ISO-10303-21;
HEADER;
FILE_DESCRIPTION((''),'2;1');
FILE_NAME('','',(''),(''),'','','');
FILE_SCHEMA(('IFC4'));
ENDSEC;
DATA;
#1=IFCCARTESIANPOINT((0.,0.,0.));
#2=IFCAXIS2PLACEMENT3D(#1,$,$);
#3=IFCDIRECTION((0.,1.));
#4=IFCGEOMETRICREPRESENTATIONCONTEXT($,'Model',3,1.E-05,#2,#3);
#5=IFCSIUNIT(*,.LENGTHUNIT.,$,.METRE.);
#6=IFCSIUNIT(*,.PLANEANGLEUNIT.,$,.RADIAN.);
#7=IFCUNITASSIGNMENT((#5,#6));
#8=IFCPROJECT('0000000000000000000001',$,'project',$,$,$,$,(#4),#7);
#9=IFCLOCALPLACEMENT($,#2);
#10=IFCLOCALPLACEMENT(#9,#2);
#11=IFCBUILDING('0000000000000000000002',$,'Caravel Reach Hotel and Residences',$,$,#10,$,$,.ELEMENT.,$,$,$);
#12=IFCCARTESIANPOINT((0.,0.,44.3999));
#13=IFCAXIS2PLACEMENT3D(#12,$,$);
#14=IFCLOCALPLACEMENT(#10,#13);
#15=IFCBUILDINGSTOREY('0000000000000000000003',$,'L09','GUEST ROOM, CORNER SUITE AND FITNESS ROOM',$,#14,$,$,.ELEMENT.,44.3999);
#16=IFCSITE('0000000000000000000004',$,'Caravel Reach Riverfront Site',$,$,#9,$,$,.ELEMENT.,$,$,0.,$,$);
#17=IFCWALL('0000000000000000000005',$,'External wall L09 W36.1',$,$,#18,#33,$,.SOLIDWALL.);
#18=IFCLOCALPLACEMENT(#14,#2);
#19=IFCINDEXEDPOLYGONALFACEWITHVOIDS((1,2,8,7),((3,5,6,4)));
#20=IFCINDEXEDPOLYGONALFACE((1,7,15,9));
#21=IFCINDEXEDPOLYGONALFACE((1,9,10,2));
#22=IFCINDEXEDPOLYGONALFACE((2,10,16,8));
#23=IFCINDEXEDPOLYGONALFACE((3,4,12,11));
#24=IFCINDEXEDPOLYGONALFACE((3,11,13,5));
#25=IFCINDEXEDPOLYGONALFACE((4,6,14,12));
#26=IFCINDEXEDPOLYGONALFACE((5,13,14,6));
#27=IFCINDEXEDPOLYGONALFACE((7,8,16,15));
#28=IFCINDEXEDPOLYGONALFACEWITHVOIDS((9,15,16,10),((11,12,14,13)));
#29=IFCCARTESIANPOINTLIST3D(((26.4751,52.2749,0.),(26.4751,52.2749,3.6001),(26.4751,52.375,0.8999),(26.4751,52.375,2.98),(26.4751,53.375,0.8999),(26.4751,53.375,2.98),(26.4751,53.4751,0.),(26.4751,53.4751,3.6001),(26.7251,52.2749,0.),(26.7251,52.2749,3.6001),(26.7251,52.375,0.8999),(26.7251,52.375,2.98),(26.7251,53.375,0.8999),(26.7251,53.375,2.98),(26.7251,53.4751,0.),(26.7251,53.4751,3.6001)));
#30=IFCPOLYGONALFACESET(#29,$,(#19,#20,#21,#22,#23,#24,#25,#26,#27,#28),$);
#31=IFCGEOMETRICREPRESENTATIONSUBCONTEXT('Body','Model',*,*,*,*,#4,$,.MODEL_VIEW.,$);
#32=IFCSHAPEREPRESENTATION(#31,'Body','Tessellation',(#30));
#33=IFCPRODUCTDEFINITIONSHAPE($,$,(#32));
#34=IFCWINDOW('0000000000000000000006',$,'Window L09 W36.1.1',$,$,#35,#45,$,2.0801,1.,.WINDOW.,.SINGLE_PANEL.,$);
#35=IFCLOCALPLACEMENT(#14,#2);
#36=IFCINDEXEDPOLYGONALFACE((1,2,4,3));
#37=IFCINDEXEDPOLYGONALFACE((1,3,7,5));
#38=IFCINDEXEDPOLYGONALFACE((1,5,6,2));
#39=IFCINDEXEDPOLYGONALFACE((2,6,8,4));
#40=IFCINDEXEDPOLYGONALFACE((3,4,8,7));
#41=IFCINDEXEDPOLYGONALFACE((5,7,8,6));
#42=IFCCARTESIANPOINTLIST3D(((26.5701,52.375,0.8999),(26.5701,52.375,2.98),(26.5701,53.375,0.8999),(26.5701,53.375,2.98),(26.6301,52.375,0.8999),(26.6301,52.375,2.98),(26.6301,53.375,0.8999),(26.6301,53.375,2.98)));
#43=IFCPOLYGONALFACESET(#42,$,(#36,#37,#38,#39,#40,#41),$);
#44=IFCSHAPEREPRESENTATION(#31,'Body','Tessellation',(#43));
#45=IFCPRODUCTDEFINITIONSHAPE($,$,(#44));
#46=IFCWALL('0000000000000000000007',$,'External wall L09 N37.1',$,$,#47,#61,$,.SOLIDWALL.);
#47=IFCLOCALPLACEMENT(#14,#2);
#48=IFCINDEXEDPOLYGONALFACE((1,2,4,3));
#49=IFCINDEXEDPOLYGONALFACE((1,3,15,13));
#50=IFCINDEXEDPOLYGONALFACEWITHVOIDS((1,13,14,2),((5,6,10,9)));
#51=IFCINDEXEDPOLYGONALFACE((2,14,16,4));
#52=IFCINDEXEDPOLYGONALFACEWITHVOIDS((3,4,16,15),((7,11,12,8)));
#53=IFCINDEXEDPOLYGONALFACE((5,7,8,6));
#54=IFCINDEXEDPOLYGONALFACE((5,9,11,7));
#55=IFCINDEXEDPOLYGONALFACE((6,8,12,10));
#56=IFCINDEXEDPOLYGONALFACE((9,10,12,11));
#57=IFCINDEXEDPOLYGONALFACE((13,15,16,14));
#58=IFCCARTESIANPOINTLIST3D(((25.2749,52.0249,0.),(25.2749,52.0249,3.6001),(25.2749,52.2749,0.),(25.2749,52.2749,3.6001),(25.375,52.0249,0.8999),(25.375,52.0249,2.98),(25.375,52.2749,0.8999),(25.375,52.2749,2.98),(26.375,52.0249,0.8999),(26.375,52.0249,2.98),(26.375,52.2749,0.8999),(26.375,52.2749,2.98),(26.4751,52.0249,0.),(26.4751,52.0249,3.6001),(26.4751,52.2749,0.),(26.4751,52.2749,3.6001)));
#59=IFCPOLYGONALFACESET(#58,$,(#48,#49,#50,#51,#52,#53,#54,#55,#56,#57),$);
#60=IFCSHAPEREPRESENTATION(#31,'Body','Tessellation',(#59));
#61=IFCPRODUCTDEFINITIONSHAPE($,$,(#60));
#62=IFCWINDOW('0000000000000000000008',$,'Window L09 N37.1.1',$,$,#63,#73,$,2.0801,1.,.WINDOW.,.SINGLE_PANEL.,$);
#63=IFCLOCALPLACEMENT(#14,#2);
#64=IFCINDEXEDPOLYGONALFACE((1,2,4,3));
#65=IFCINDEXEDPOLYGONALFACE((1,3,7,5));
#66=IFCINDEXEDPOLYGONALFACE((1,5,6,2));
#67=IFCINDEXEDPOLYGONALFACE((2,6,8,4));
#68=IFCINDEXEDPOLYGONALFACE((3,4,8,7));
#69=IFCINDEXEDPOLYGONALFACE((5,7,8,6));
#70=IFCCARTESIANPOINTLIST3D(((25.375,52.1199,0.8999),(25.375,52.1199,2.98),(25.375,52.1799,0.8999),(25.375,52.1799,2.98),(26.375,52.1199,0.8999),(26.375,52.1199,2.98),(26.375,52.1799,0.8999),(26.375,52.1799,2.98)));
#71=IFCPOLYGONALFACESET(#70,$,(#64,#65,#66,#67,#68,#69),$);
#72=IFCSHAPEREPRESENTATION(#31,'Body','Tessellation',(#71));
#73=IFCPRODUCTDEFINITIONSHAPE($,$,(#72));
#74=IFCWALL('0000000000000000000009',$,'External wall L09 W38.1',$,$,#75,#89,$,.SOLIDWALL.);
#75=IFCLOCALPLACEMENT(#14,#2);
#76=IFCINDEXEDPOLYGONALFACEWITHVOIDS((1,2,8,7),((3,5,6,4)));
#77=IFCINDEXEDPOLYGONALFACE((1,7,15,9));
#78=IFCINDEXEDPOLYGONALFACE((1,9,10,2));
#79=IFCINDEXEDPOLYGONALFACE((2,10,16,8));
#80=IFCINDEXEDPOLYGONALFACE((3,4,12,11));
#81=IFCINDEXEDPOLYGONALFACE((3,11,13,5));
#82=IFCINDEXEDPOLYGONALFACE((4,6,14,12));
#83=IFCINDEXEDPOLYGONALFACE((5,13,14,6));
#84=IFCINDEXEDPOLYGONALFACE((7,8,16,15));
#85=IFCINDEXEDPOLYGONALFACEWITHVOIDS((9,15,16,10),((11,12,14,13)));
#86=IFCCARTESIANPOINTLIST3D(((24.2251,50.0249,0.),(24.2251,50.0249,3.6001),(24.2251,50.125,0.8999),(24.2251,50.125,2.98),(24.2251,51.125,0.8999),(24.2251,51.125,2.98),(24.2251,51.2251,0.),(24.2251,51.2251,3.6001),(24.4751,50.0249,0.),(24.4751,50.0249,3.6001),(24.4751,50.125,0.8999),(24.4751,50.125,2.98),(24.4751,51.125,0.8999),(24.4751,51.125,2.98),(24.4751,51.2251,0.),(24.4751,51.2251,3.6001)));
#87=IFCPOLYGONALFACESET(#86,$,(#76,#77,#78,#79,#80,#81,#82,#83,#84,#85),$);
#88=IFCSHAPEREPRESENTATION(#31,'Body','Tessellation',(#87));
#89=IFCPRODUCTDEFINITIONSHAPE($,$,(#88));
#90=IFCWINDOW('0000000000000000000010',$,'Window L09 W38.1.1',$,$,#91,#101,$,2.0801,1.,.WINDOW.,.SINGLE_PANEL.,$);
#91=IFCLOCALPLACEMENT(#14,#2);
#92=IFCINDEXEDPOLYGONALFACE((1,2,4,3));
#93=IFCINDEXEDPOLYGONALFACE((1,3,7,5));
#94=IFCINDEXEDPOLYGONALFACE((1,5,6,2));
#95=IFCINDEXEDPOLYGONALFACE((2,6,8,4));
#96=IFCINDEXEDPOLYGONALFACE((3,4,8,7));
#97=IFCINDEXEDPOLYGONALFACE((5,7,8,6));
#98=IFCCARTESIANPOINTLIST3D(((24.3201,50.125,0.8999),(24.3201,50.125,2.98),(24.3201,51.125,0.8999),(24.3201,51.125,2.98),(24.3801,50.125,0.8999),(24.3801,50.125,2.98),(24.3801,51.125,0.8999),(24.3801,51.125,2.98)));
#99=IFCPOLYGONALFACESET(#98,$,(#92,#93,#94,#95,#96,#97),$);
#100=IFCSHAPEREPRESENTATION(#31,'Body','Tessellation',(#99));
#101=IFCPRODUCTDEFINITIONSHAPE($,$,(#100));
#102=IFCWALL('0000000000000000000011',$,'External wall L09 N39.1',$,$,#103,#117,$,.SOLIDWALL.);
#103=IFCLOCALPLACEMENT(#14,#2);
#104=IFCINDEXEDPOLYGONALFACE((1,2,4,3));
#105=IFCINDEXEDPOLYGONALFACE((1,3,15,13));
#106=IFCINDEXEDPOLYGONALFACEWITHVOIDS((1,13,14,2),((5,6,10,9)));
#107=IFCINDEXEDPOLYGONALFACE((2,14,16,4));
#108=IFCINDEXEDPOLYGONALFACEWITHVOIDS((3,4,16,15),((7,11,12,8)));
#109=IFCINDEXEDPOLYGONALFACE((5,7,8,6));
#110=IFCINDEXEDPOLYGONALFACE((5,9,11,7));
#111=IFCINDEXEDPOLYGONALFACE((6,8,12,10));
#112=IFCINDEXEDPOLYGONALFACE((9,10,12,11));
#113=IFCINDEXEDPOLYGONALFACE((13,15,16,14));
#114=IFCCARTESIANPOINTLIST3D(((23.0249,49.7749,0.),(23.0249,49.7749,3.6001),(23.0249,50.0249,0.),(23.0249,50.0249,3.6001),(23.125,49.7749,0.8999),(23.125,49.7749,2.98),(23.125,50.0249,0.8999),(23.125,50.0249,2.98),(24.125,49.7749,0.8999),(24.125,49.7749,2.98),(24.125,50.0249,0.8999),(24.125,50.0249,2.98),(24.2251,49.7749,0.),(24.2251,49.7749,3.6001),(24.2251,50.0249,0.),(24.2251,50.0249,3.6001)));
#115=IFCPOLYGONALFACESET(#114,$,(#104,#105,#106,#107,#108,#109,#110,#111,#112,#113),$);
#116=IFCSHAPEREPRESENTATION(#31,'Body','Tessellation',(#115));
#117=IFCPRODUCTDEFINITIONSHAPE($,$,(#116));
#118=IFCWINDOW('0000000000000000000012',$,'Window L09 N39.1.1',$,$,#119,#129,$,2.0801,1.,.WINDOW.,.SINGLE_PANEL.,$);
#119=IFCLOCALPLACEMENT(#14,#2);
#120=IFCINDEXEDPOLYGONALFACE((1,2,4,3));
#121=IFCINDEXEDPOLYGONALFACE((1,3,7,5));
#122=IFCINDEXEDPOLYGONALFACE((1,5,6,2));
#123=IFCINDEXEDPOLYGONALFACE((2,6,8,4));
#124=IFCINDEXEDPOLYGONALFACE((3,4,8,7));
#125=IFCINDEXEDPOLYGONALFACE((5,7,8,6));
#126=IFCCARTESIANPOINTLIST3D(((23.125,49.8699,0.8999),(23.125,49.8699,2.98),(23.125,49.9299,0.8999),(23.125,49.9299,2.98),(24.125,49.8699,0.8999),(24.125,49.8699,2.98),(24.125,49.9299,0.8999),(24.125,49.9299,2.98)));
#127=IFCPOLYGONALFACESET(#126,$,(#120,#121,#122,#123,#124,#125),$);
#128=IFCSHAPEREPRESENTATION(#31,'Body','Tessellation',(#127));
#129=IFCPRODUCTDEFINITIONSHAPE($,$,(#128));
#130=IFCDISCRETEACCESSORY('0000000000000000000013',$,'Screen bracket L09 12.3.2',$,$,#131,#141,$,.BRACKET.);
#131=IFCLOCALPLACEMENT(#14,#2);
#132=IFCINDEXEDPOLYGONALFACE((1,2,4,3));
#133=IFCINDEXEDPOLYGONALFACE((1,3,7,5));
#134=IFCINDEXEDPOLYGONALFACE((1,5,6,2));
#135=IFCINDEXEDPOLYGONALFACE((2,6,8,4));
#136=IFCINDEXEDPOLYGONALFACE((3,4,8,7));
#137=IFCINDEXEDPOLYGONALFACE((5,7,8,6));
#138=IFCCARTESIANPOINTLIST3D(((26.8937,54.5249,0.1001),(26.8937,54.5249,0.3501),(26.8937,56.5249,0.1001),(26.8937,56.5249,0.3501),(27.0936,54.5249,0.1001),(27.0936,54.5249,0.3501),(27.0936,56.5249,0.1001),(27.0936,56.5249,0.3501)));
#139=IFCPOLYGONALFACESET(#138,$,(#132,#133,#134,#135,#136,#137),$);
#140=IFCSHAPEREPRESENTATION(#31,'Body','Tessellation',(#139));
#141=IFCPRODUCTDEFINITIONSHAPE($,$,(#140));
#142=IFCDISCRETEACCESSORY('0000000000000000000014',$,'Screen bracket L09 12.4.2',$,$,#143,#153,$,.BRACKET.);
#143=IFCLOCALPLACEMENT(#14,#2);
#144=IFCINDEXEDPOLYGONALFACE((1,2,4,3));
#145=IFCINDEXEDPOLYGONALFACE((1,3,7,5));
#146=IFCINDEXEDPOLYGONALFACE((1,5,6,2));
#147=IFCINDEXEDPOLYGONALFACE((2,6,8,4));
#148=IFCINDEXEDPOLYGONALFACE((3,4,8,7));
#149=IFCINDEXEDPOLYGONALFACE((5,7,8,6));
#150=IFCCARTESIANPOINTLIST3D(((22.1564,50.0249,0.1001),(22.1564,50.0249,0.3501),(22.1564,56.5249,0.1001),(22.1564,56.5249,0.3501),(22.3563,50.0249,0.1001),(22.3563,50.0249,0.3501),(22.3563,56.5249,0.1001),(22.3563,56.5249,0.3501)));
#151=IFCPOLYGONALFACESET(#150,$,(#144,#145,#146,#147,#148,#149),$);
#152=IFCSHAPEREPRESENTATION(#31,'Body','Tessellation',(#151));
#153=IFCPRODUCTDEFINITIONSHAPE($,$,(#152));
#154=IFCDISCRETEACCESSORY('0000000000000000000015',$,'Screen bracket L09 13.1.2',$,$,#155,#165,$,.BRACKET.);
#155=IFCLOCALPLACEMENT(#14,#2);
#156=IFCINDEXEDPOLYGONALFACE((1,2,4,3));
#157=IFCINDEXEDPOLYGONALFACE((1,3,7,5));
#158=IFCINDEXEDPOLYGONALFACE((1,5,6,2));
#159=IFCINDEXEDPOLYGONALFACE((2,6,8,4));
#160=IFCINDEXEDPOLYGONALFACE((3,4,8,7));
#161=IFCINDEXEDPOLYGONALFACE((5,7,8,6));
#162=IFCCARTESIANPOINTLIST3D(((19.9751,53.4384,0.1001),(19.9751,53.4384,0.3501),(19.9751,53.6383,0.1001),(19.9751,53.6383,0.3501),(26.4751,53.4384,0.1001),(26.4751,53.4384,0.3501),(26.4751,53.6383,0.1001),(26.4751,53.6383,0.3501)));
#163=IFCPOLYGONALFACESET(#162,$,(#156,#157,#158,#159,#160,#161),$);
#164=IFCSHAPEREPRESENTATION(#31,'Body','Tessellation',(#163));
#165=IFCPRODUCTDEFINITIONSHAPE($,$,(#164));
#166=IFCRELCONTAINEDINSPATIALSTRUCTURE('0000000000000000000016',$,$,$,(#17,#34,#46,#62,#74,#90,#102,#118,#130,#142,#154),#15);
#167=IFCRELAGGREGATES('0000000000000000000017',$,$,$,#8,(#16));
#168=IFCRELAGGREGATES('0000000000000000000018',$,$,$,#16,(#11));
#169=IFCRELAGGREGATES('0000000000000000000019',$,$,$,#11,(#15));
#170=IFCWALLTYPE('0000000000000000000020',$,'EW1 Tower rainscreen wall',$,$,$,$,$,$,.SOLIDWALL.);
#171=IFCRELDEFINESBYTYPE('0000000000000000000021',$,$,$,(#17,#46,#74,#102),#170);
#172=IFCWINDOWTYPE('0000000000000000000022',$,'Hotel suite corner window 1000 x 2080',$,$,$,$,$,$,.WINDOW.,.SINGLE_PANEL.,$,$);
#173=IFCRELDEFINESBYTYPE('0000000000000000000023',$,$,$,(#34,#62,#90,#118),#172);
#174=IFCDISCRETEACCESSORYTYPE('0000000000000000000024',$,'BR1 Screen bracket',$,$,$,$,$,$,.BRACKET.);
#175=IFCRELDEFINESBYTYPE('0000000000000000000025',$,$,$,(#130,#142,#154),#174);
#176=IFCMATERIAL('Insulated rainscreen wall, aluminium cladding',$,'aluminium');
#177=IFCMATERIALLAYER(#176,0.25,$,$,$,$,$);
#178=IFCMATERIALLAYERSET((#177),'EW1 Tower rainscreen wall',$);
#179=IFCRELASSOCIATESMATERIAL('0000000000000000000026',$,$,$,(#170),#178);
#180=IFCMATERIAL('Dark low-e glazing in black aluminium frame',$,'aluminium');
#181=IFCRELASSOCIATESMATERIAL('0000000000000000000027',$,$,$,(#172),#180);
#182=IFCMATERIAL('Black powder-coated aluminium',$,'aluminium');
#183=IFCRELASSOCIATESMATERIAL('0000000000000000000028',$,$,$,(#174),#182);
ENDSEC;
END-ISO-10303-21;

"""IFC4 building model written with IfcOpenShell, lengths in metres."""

from ifc_helpers import new_model, si_unit, direction, frame, frame_2d, origin, origin_2d, place, context, subcontext, project, spatial, rectangle, extrude, material, layer, layer_set, type_object, element, fill, save


model = new_model("IFC4")

# Units and contexts
model_context = context("Model", 3, precision=1e-05, world=origin(), true_north=direction((0.0, 1.0)))
body_context = subcontext(model_context, "Body", "Model", "MODEL_VIEW")
ifc_project = project(units=[si_unit("LENGTHUNIT", "METRE"), si_unit("PLANEANGLEUNIT", "RADIAN")], contexts=[model_context])

# Site, building, storey
site_placement = place(None, origin())
site = spatial("IfcSite", under=ifc_project, at=site_placement, Name="Caravel Reach Riverfront Site", CompositionType="ELEMENT", RefElevation=0.0)
building_placement = place(site_placement, origin())
building = spatial("IfcBuilding", under=site, at=building_placement, Name="Caravel Reach Hotel and Residences", CompositionType="ELEMENT")
storey_placement = place(building_placement, frame((0.0, 0.0, 44.3999)))
storey = spatial("IfcBuildingStorey", under=building, at=storey_placement, Name="L09", Description="GUEST ROOM, CORNER SUITE AND FITNESS ROOM", CompositionType="ELEMENT", Elevation=44.3999)

# Walls, openings, windows
ifc_material_1 = material(Name="Insulated rainscreen wall, aluminium cladding", Category="aluminium")
ifc_layer = layer(ifc_material_1, 0.25)
ifc_layer_set = layer_set([ifc_layer], Name="EW1 Tower rainscreen wall")
wall_type = type_object("IfcWallType", Name="EW1 Tower rainscreen wall", PredefinedType="SOLIDWALL", material=ifc_layer_set)
wall_1_placement = place(storey_placement, frame((26.6001, 53.4751, 0.0), z_axis=(0.0, 0.0, 1.0), x_axis=(0.0, -1.0, 0.0)))
wall_1 = element("IfcWall", 1, at=wall_1_placement, inside=storey, type_object=wall_type, Name="External wall L09 W36.1", PredefinedType="SOLIDWALL", context=body_context, shape_type="SweptSolid", body=[
    extrude(rectangle(XDim=1.2002, YDim=0.25, at=frame_2d((0.6001, 0.0))), origin(), (0.0, 0.0, 1.0), 3.6001),
])
opening_1_placement = place(wall_1_placement, frame((0.1001, 0.0, 0.8999)))
opening_1 = element("IfcOpeningElement", 2, at=opening_1_placement, cuts=wall_1, PredefinedType="OPENING", context=body_context, shape_type="SweptSolid", body=[
    extrude(rectangle(XDim=1.0, YDim=2.0801, at=frame_2d((0.5, 1.04))), frame((0.0, 0.135, 0.0), z_axis=(0.0, -1.0, 0.0), x_axis=(1.0, 0.0, 0.0)), (0.0, 0.0, 1.0), 0.27),
])
ifc_material_2 = material(Name="Dark low-e glazing in black aluminium frame", Category="aluminium")
window_type = type_object("IfcWindowType", Name="Hotel suite corner window 1000 x 2080", PartitioningType="SINGLE_PANEL", PredefinedType="WINDOW", material=ifc_material_2)
window_1_placement = place(opening_1_placement, origin())
window_1 = element("IfcWindow", 3, at=window_1_placement, inside=storey, type_object=window_type, Name="Window L09 W36.1.1", OverallHeight=2.0801, OverallWidth=1.0, PartitioningType="SINGLE_PANEL", PredefinedType="WINDOW", context=body_context, shape_type="SweptSolid", body=[
    extrude(rectangle(XDim=1.0, YDim=2.0801, at=frame_2d((0.5, 1.04))), frame((0.0, 0.03, 0.0), z_axis=(0.0, -1.0, 0.0), x_axis=(1.0, 0.0, 0.0)), (0.0, 0.0, 1.0), 0.0601),
])
fill(opening_1, window_1)
wall_2_placement = place(storey_placement, frame((26.4751, 52.1499, 0.0), z_axis=(0.0, 0.0, 1.0), x_axis=(-1.0, 0.0, 0.0)))
wall_2 = element("IfcWall", 4, at=wall_2_placement, inside=storey, type_object=wall_type, Name="External wall L09 N37.1", PredefinedType="SOLIDWALL", context=body_context, shape_type="SweptSolid", body=[
    extrude(rectangle(XDim=1.2002, YDim=0.25, at=frame_2d((0.6001, 0.0))), origin(), (0.0, 0.0, 1.0), 3.6001),
])
opening_2_placement = place(wall_2_placement, frame((0.1001, 0.0, 0.8999)))
opening_2 = element("IfcOpeningElement", 5, at=opening_2_placement, cuts=wall_2, PredefinedType="OPENING", context=body_context, shape_type="SweptSolid", body=[
    extrude(rectangle(XDim=1.0, YDim=2.0801, at=frame_2d((0.5, 1.04))), frame((0.0, 0.135, 0.0), z_axis=(0.0, -1.0, 0.0), x_axis=(1.0, 0.0, 0.0)), (0.0, 0.0, 1.0), 0.27),
])
window_2_placement = place(opening_2_placement, origin())
window_2 = element("IfcWindow", 6, at=window_2_placement, inside=storey, type_object=window_type, Name="Window L09 N37.1.1", OverallHeight=2.0801, OverallWidth=1.0, PartitioningType="SINGLE_PANEL", PredefinedType="WINDOW", context=body_context, shape_type="SweptSolid", body=[
    extrude(rectangle(XDim=1.0, YDim=2.0801, at=frame_2d((0.5, 1.04))), frame((0.0, 0.03, 0.0), z_axis=(0.0, -1.0, 0.0), x_axis=(1.0, 0.0, 0.0)), (0.0, 0.0, 1.0), 0.0601),
])
fill(opening_2, window_2)
wall_3_placement = place(storey_placement, frame((24.3501, 51.2251, 0.0), z_axis=(0.0, 0.0, 1.0), x_axis=(0.0, -1.0, 0.0)))
wall_3 = element("IfcWall", 7, at=wall_3_placement, inside=storey, type_object=wall_type, Name="External wall L09 W38.1", PredefinedType="SOLIDWALL", context=body_context, shape_type="SweptSolid", body=[
    extrude(rectangle(XDim=1.2002, YDim=0.25, at=frame_2d((0.6001, 0.0))), origin(), (0.0, 0.0, 1.0), 3.6001),
])
opening_3_placement = place(wall_3_placement, frame((0.1001, 0.0, 0.8999)))
opening_3 = element("IfcOpeningElement", 8, at=opening_3_placement, cuts=wall_3, PredefinedType="OPENING", context=body_context, shape_type="SweptSolid", body=[
    extrude(rectangle(XDim=1.0, YDim=2.0801, at=frame_2d((0.5, 1.04))), frame((0.0, 0.135, 0.0), z_axis=(0.0, -1.0, 0.0), x_axis=(1.0, 0.0, 0.0)), (0.0, 0.0, 1.0), 0.27),
])
window_3_placement = place(opening_3_placement, origin())
window_3 = element("IfcWindow", 9, at=window_3_placement, inside=storey, type_object=window_type, Name="Window L09 W38.1.1", OverallHeight=2.0801, OverallWidth=1.0, PartitioningType="SINGLE_PANEL", PredefinedType="WINDOW", context=body_context, shape_type="SweptSolid", body=[
    extrude(rectangle(XDim=1.0, YDim=2.0801, at=frame_2d((0.5, 1.04))), frame((0.0, 0.03, 0.0), z_axis=(0.0, -1.0, 0.0), x_axis=(1.0, 0.0, 0.0)), (0.0, 0.0, 1.0), 0.0601),
])
fill(opening_3, window_3)
wall_4_placement = place(storey_placement, frame((24.2251, 49.8999, 0.0), z_axis=(0.0, 0.0, 1.0), x_axis=(-1.0, 0.0, 0.0)))
wall_4 = element("IfcWall", 10, at=wall_4_placement, inside=storey, type_object=wall_type, Name="External wall L09 N39.1", PredefinedType="SOLIDWALL", context=body_context, shape_type="SweptSolid", body=[
    extrude(rectangle(XDim=1.2002, YDim=0.25, at=frame_2d((0.6001, 0.0))), origin(), (0.0, 0.0, 1.0), 3.6001),
])
opening_4_placement = place(wall_4_placement, frame((0.1001, 0.0, 0.8999)))
opening_4 = element("IfcOpeningElement", 11, at=opening_4_placement, cuts=wall_4, PredefinedType="OPENING", context=body_context, shape_type="SweptSolid", body=[
    extrude(rectangle(XDim=1.0, YDim=2.0801, at=frame_2d((0.5, 1.04))), frame((0.0, 0.135, 0.0), z_axis=(0.0, -1.0, 0.0), x_axis=(1.0, 0.0, 0.0)), (0.0, 0.0, 1.0), 0.27),
])
window_4_placement = place(opening_4_placement, origin())
window_4 = element("IfcWindow", 12, at=window_4_placement, inside=storey, type_object=window_type, Name="Window L09 N39.1.1", OverallHeight=2.0801, OverallWidth=1.0, PartitioningType="SINGLE_PANEL", PredefinedType="WINDOW", context=body_context, shape_type="SweptSolid", body=[
    extrude(rectangle(XDim=1.0, YDim=2.0801, at=frame_2d((0.5, 1.04))), frame((0.0, 0.03, 0.0), z_axis=(0.0, -1.0, 0.0), x_axis=(1.0, 0.0, 0.0)), (0.0, 0.0, 1.0), 0.0601),
])
fill(opening_4, window_4)

# Discrete accessories
ifc_material_3 = material(Name="Black powder-coated aluminium", Category="aluminium")
discrete_accessory_type = type_object("IfcDiscreteAccessoryType", Name="BR1 Screen bracket", PredefinedType="BRACKET", material=ifc_material_3)
discrete_accessory_placement = place(storey_placement, frame((26.9937, 55.5249, 0.1001), z_axis=(0.0, 0.0, 1.0), x_axis=(0.0, 1.0, 0.0)))
element("IfcDiscreteAccessory", 13, at=discrete_accessory_placement, inside=storey, type_object=discrete_accessory_type, Name="Screen bracket L09 12.3.2", PredefinedType="BRACKET", context=body_context, shape_type="SweptSolid", body=[
    extrude(rectangle(XDim=2.0, YDim=0.2, at=origin_2d()), origin(), (0.0, 0.0, 1.0), 0.25),
])
for number, where, z_axis, x_axis, name in (
    (14, (22.2563, 53.2749, 0.1001), (0.0, 0.0, 1.0), (0.0, 1.0, 0.0), "Screen bracket L09 12.4.2"),
    (15, (23.2251, 53.5383, 0.1001), (0.0, 0.0, 1.0), (-1.0, 0.0, 0.0), "Screen bracket L09 13.1.2"),
):
    element("IfcDiscreteAccessory", number, at=place(storey_placement, frame(where, z_axis=z_axis, x_axis=x_axis)), inside=storey, type_object=discrete_accessory_type, Name=name, PredefinedType="BRACKET", context=body_context, shape_type="SweptSolid", body=[
        extrude(rectangle(XDim=6.5, YDim=0.2, at=origin_2d()), origin(), (0.0, 0.0, 1.0), 0.25),
    ])

save(model, "model.ifc")
